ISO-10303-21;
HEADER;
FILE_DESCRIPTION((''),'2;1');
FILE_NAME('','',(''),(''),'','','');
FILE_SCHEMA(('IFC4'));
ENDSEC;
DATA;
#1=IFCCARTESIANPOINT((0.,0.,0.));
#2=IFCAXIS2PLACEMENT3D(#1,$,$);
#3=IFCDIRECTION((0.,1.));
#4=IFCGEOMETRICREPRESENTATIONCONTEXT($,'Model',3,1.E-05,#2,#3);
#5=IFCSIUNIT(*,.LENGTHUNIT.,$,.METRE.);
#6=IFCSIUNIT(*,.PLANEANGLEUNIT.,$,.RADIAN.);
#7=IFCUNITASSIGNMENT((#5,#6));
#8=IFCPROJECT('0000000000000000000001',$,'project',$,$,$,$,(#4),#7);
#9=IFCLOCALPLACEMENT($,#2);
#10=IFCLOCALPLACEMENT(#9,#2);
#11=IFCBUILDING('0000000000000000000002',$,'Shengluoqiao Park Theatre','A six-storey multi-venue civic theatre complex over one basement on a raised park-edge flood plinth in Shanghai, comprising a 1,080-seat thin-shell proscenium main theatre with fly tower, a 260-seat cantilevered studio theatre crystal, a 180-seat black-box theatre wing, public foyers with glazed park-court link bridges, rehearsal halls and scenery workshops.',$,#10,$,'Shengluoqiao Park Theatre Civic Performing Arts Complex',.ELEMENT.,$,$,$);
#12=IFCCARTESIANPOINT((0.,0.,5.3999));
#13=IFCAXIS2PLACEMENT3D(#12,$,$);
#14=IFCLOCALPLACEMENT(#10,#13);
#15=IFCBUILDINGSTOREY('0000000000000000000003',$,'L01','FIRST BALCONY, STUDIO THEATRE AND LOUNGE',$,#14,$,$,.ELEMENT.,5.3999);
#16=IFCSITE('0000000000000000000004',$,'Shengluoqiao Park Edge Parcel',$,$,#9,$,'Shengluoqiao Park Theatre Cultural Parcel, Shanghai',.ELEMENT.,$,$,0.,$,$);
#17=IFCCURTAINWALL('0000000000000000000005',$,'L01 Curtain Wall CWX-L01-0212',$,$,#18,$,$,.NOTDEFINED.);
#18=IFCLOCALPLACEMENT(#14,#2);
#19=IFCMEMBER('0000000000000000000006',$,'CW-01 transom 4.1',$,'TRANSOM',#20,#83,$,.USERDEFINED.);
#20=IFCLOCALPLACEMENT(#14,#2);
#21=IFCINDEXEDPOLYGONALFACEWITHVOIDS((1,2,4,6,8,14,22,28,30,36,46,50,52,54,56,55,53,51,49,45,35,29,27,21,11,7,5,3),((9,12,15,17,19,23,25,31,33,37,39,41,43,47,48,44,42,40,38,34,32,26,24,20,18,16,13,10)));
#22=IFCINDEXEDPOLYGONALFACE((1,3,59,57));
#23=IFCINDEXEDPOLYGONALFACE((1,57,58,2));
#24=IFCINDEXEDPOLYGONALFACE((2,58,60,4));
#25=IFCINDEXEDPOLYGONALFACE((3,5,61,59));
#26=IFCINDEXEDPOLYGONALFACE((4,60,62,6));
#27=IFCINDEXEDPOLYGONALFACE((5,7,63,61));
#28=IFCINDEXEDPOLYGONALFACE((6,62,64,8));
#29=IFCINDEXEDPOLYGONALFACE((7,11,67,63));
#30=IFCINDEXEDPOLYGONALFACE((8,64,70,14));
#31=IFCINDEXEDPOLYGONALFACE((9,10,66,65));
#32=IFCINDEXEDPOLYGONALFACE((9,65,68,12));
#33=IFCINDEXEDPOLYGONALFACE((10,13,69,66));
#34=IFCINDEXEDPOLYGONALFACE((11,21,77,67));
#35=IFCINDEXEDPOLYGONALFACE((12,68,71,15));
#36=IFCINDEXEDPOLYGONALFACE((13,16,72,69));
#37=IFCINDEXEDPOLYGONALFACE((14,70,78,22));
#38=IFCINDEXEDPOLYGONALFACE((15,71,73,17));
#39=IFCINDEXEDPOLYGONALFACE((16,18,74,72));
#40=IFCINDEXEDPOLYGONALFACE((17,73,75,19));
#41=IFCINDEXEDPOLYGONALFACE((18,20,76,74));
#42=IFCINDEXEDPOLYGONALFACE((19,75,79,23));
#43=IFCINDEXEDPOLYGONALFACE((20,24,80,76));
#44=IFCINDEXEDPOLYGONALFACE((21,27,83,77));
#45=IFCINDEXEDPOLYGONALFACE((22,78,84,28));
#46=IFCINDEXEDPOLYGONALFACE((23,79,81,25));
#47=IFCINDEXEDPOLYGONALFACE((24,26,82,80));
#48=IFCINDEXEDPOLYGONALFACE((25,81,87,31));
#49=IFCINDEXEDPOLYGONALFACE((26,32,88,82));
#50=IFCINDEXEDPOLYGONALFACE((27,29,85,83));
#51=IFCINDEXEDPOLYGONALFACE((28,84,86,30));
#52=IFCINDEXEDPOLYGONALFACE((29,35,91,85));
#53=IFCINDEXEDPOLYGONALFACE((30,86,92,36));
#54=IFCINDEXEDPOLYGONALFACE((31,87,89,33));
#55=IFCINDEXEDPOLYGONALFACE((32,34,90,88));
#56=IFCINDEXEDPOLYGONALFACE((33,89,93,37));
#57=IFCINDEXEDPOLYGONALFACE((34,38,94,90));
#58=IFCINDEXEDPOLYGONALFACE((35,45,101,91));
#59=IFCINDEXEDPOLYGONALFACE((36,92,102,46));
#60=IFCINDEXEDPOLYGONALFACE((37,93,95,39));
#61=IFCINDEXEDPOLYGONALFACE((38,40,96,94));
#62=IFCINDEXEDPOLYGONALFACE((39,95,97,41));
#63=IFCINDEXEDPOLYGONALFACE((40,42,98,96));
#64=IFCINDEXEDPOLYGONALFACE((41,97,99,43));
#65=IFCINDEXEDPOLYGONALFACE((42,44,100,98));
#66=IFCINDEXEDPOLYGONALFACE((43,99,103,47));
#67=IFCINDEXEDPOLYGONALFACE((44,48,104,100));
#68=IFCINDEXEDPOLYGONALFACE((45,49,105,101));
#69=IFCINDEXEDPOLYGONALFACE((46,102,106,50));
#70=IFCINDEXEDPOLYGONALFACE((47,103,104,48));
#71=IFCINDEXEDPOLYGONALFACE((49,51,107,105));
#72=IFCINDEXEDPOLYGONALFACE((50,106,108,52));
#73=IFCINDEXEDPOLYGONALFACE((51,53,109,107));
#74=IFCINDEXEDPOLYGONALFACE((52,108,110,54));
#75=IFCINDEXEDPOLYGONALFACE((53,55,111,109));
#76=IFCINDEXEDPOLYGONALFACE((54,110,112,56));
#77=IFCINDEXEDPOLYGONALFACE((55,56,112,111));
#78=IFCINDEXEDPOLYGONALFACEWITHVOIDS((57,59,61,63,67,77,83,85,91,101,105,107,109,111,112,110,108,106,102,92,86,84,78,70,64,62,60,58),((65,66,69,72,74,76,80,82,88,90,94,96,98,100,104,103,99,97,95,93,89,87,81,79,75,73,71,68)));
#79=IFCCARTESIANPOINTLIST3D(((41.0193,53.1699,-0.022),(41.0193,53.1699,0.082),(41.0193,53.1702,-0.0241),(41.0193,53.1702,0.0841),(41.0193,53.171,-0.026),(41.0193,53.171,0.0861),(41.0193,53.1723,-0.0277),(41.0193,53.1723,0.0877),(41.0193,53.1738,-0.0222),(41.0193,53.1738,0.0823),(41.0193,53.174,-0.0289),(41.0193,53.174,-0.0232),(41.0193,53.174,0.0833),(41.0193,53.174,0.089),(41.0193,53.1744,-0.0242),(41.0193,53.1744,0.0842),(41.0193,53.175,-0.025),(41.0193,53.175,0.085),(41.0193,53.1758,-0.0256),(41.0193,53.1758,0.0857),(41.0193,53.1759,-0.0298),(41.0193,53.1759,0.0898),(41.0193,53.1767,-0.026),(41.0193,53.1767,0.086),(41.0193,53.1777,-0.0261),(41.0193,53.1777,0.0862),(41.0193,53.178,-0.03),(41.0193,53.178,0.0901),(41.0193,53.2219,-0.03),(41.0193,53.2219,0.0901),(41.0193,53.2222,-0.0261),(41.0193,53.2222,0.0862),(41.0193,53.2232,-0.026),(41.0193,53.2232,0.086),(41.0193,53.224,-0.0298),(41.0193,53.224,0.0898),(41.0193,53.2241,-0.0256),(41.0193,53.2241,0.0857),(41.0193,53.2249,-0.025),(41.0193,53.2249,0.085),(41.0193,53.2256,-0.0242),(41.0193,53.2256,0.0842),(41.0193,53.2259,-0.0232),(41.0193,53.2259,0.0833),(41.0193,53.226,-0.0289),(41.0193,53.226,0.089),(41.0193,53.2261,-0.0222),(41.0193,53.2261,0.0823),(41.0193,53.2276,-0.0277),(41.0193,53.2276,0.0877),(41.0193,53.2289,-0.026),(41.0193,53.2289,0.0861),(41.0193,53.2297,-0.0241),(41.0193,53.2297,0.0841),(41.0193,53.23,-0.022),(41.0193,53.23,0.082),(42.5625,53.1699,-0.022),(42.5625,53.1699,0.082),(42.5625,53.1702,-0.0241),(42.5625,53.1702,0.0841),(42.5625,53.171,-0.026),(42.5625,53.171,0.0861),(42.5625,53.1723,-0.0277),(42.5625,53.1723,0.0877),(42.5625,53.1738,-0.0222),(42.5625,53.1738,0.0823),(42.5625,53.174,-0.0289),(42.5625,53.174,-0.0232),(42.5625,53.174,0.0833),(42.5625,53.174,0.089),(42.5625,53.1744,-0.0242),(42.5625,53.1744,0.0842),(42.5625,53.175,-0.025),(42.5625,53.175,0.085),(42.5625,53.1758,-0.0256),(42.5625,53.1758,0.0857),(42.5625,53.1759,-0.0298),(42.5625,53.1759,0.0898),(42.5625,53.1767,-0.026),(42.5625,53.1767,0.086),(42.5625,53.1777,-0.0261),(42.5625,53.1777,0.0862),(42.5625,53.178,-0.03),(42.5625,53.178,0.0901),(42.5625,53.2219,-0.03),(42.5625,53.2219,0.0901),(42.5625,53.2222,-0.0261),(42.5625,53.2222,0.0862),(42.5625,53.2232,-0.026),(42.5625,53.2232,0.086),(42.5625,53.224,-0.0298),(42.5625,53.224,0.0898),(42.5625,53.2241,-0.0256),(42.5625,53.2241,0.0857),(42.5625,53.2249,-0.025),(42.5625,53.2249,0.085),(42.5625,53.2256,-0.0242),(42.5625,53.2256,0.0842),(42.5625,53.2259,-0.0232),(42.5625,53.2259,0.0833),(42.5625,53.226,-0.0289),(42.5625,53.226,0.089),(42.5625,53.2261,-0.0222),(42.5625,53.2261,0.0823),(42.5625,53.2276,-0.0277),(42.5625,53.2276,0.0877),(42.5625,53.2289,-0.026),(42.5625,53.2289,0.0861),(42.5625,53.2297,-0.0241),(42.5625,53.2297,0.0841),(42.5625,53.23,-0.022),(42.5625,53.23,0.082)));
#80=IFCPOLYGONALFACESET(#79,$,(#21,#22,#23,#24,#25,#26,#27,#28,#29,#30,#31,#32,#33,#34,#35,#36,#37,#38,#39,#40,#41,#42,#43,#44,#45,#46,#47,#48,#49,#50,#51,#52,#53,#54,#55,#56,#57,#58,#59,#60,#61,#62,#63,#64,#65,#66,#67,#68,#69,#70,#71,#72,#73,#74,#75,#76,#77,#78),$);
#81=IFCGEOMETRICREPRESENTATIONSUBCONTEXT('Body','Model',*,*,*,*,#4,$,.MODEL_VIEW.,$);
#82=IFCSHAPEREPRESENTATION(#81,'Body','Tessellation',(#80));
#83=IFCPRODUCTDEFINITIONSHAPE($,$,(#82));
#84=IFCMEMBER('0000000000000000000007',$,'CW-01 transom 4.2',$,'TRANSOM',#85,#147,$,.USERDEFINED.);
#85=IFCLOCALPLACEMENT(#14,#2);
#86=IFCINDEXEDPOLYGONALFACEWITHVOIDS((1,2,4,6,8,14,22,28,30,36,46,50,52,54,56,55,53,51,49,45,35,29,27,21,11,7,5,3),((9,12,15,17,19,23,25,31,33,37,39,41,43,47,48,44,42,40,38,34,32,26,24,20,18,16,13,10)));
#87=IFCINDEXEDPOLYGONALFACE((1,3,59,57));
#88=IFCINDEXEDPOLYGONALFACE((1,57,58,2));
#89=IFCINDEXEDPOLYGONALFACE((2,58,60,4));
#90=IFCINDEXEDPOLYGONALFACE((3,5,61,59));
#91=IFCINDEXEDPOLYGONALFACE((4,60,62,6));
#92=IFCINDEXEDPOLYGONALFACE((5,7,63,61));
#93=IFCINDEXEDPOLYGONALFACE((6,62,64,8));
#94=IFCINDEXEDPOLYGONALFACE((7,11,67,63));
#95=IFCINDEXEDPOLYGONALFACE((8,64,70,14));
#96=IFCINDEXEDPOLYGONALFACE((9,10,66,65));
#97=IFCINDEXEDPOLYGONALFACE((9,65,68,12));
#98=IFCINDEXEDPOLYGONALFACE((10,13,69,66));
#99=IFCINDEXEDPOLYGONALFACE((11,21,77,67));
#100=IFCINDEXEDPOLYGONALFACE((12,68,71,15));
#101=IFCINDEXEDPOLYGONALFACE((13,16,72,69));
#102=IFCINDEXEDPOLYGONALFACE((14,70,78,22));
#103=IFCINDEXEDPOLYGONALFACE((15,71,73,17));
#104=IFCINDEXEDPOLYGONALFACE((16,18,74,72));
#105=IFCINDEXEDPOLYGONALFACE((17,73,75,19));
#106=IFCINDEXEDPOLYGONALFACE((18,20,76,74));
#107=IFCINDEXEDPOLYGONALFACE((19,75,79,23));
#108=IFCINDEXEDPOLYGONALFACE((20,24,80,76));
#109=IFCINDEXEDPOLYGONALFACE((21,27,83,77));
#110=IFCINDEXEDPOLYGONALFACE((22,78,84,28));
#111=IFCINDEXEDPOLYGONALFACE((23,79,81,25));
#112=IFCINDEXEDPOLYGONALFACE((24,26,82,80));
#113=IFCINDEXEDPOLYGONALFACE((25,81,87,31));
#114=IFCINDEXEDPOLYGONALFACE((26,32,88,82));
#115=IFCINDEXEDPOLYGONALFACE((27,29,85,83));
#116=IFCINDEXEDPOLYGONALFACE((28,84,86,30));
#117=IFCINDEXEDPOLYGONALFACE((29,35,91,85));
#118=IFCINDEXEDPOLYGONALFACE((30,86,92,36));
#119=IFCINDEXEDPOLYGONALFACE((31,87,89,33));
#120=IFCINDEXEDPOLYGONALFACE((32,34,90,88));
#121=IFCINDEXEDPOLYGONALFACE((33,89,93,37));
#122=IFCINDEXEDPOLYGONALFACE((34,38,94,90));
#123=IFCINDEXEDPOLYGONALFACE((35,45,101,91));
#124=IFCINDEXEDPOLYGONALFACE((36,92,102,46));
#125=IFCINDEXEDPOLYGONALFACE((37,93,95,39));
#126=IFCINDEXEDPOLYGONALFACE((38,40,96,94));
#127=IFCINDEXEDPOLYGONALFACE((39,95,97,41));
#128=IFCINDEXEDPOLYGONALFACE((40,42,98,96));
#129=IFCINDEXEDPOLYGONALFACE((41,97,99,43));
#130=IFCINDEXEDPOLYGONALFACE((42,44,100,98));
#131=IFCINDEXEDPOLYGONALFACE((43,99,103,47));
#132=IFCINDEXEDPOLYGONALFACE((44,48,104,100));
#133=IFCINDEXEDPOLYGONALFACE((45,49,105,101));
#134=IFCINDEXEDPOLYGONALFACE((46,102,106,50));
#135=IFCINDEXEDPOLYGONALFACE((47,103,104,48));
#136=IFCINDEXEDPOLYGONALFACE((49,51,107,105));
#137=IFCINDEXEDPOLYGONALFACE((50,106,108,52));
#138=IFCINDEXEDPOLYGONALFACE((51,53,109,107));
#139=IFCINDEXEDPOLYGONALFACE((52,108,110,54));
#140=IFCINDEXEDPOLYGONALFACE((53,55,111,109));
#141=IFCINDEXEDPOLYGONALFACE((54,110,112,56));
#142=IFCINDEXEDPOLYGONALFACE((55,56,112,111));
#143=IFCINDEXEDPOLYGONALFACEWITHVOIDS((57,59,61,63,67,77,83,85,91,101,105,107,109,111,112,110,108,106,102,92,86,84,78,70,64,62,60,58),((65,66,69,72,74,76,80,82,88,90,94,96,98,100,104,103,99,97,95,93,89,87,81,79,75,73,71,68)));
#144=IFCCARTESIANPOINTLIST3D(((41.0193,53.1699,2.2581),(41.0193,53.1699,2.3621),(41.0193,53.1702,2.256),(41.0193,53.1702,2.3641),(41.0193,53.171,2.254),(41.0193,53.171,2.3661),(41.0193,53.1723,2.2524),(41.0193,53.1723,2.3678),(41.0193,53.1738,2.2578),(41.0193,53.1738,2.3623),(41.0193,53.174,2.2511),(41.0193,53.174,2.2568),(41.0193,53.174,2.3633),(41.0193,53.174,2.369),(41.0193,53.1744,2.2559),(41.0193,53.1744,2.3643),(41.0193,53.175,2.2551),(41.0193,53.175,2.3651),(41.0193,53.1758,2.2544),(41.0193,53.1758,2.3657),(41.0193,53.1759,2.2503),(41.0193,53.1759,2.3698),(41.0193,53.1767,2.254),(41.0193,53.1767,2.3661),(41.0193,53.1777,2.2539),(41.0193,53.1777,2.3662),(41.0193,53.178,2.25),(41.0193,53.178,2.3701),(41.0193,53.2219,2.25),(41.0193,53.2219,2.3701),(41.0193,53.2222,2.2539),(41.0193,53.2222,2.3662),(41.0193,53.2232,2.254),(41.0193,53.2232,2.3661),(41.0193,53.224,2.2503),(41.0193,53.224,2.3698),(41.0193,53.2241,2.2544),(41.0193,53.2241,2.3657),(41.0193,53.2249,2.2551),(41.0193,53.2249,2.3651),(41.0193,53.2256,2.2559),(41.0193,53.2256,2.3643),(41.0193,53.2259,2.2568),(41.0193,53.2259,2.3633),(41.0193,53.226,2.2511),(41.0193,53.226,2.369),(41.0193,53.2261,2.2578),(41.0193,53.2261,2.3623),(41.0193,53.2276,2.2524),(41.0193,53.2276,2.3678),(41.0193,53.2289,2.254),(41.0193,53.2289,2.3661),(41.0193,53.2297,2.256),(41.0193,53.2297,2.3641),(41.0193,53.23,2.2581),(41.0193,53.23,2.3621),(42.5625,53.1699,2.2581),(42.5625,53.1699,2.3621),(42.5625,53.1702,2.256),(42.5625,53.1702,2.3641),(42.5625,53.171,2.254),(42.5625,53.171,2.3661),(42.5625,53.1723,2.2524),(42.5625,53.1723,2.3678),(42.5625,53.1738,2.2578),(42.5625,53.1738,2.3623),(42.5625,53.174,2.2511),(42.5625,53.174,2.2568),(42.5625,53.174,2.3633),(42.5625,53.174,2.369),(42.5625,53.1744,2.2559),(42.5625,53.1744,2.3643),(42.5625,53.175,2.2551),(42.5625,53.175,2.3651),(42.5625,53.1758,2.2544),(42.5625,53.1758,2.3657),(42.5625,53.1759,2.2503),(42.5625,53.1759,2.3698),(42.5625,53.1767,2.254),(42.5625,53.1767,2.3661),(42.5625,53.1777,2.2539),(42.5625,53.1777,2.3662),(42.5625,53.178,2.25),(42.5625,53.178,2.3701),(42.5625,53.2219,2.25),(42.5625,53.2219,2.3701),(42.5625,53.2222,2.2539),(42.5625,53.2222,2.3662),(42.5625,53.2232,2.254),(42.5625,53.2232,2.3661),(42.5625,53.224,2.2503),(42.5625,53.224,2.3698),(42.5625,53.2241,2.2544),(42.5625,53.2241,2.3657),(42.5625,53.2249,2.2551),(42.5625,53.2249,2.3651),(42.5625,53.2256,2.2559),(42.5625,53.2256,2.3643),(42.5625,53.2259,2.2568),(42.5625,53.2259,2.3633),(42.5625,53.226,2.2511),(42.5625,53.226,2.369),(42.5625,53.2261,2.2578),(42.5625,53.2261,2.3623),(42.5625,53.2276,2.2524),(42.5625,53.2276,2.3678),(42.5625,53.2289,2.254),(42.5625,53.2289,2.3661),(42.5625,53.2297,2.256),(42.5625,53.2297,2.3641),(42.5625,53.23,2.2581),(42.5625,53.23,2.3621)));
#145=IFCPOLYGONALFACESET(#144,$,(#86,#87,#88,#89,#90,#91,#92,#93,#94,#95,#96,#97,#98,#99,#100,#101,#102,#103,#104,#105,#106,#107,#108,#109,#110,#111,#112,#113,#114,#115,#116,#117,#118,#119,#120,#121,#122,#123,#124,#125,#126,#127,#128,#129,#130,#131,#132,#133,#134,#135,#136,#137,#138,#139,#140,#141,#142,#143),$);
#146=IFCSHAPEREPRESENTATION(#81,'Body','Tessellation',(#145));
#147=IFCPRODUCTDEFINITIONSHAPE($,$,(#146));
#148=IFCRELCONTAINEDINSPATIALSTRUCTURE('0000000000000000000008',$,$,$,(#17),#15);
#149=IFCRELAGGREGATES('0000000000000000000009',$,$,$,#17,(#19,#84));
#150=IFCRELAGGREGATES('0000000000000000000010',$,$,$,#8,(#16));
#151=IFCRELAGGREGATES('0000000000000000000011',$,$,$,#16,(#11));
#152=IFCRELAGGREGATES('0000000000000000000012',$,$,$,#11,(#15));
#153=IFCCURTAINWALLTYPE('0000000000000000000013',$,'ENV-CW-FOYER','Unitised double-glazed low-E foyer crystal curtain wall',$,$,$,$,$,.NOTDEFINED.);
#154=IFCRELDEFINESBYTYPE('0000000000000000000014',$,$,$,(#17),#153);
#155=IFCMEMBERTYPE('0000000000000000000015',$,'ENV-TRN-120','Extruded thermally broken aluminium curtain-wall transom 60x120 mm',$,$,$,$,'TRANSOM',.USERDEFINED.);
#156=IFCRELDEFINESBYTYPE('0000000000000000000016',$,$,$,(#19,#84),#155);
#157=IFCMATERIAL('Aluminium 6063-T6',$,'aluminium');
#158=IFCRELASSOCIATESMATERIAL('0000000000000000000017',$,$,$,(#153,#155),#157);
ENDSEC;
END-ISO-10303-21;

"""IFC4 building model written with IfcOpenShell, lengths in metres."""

from ifc_helpers import new_model, si_unit, direction, frame, origin, origin_2d, place, context, subcontext, project, spatial, hollow_rectangle, extrude, material, material_profile, profile_set, type_object, element, aggregate, save


model = new_model("IFC4")

# Units and contexts
model_context = context("Model", 3, precision=1e-05, world=origin(), true_north=direction((0.0, 1.0)))
body_context = subcontext(model_context, "Body", "Model", "MODEL_VIEW")
ifc_project = project(units=[si_unit("LENGTHUNIT", "METRE"), si_unit("PLANEANGLEUNIT", "RADIAN")], contexts=[model_context])

# Site, building, storey
site_placement = place(None, origin())
site = spatial("IfcSite", under=ifc_project, at=site_placement, Name="Shengluoqiao Park Edge Parcel", LongName="Shengluoqiao Park Theatre Cultural Parcel, Shanghai", CompositionType="ELEMENT", RefElevation=0.0)
building_placement = place(site_placement, origin())
building = spatial("IfcBuilding", under=site, at=building_placement, Name="Shengluoqiao Park Theatre", Description="A six-storey multi-venue civic theatre complex over one basement on a raised park-edge flood plinth in Shanghai, comprising a 1,080-seat thin-shell proscenium main theatre with fly tower, a 260-seat cantilevered studio theatre crystal, a 180-seat black-box theatre wing, public foyers with glazed park-court link bridges, rehearsal halls and scenery workshops.", LongName="Shengluoqiao Park Theatre Civic Performing Arts Complex", CompositionType="ELEMENT")
storey_placement = place(building_placement, frame((0.0, 0.0, 5.3999)))
storey = spatial("IfcBuildingStorey", under=building, at=storey_placement, Name="L01", Description="FIRST BALCONY, STUDIO THEATRE AND LOUNGE", CompositionType="ELEMENT", Elevation=5.3999)

# Curtain wall, members
ifc_material_1 = material(Name="Aluminium 6063-T6", Category="aluminium")
curtain_wall_type = type_object("IfcCurtainWallType", Name="ENV-CW-FOYER", Description="Unitised double-glazed low-E foyer crystal curtain wall", PredefinedType="NOTDEFINED", material=ifc_material_1)
curtain_wall_placement = place(storey_placement, origin())
curtain_wall = element("IfcCurtainWall", 1, at=curtain_wall_placement, inside=storey, type_object=curtain_wall_type, Name="L01 Curtain Wall CWX-L01-0212", PredefinedType="NOTDEFINED")
ifc_material_profile_1 = material_profile(ifc_material_1, hollow_rectangle(XDim=0.0601, YDim=0.1201, WallThickness=0.0039, InnerFilletRadius=0.0039, OuterFilletRadius=0.0081, at=origin_2d()), Name="ALU TRANSOM 120x60x4")
ifc_profile_set_1 = profile_set([ifc_material_profile_1], Name="Aluminium 6063-T6")
member_type_1 = type_object("IfcMemberType", Name="ENV-TRN-120", Description="Extruded thermally broken aluminium curtain-wall transom 60x120 mm", ElementType="TRANSOM", PredefinedType="USERDEFINED", material=ifc_profile_set_1)
member_1_placement = place(storey_placement, frame((41.0193, 53.2, 0.03), z_axis=(1.0, 0.0, 0.0), x_axis=(0.0, 1.0, 0.0)))
member_1 = element("IfcMember", 2, at=member_1_placement, type_object=member_type_1, Name="CW-01 transom 4.1", ObjectType="TRANSOM", PredefinedType="USERDEFINED", context=body_context, shape_type="SweptSolid", body=[
    extrude(hollow_rectangle(XDim=0.0601, YDim=0.1201, WallThickness=0.0039, InnerFilletRadius=0.0039, OuterFilletRadius=0.0081, at=origin_2d()), origin(), (0.0, 0.0, 1.0), 1.5432),
])
member_2_placement = place(storey_placement, frame((41.0193, 53.2, 2.3101), z_axis=(1.0, 0.0, 0.0), x_axis=(0.0, 1.0, 0.0)))
member_2 = element("IfcMember", 3, at=member_2_placement, type_object=member_type_1, Name="CW-01 transom 4.2", ObjectType="TRANSOM", PredefinedType="USERDEFINED", context=body_context, shape_type="SweptSolid", body=[
    extrude(hollow_rectangle(XDim=0.0601, YDim=0.1201, WallThickness=0.0039, InnerFilletRadius=0.0039, OuterFilletRadius=0.0081, at=origin_2d()), origin(), (0.0, 0.0, 1.0), 1.5432),
])

aggregate(curtain_wall, [member_1, member_2])

save(model, "model.ifc")
